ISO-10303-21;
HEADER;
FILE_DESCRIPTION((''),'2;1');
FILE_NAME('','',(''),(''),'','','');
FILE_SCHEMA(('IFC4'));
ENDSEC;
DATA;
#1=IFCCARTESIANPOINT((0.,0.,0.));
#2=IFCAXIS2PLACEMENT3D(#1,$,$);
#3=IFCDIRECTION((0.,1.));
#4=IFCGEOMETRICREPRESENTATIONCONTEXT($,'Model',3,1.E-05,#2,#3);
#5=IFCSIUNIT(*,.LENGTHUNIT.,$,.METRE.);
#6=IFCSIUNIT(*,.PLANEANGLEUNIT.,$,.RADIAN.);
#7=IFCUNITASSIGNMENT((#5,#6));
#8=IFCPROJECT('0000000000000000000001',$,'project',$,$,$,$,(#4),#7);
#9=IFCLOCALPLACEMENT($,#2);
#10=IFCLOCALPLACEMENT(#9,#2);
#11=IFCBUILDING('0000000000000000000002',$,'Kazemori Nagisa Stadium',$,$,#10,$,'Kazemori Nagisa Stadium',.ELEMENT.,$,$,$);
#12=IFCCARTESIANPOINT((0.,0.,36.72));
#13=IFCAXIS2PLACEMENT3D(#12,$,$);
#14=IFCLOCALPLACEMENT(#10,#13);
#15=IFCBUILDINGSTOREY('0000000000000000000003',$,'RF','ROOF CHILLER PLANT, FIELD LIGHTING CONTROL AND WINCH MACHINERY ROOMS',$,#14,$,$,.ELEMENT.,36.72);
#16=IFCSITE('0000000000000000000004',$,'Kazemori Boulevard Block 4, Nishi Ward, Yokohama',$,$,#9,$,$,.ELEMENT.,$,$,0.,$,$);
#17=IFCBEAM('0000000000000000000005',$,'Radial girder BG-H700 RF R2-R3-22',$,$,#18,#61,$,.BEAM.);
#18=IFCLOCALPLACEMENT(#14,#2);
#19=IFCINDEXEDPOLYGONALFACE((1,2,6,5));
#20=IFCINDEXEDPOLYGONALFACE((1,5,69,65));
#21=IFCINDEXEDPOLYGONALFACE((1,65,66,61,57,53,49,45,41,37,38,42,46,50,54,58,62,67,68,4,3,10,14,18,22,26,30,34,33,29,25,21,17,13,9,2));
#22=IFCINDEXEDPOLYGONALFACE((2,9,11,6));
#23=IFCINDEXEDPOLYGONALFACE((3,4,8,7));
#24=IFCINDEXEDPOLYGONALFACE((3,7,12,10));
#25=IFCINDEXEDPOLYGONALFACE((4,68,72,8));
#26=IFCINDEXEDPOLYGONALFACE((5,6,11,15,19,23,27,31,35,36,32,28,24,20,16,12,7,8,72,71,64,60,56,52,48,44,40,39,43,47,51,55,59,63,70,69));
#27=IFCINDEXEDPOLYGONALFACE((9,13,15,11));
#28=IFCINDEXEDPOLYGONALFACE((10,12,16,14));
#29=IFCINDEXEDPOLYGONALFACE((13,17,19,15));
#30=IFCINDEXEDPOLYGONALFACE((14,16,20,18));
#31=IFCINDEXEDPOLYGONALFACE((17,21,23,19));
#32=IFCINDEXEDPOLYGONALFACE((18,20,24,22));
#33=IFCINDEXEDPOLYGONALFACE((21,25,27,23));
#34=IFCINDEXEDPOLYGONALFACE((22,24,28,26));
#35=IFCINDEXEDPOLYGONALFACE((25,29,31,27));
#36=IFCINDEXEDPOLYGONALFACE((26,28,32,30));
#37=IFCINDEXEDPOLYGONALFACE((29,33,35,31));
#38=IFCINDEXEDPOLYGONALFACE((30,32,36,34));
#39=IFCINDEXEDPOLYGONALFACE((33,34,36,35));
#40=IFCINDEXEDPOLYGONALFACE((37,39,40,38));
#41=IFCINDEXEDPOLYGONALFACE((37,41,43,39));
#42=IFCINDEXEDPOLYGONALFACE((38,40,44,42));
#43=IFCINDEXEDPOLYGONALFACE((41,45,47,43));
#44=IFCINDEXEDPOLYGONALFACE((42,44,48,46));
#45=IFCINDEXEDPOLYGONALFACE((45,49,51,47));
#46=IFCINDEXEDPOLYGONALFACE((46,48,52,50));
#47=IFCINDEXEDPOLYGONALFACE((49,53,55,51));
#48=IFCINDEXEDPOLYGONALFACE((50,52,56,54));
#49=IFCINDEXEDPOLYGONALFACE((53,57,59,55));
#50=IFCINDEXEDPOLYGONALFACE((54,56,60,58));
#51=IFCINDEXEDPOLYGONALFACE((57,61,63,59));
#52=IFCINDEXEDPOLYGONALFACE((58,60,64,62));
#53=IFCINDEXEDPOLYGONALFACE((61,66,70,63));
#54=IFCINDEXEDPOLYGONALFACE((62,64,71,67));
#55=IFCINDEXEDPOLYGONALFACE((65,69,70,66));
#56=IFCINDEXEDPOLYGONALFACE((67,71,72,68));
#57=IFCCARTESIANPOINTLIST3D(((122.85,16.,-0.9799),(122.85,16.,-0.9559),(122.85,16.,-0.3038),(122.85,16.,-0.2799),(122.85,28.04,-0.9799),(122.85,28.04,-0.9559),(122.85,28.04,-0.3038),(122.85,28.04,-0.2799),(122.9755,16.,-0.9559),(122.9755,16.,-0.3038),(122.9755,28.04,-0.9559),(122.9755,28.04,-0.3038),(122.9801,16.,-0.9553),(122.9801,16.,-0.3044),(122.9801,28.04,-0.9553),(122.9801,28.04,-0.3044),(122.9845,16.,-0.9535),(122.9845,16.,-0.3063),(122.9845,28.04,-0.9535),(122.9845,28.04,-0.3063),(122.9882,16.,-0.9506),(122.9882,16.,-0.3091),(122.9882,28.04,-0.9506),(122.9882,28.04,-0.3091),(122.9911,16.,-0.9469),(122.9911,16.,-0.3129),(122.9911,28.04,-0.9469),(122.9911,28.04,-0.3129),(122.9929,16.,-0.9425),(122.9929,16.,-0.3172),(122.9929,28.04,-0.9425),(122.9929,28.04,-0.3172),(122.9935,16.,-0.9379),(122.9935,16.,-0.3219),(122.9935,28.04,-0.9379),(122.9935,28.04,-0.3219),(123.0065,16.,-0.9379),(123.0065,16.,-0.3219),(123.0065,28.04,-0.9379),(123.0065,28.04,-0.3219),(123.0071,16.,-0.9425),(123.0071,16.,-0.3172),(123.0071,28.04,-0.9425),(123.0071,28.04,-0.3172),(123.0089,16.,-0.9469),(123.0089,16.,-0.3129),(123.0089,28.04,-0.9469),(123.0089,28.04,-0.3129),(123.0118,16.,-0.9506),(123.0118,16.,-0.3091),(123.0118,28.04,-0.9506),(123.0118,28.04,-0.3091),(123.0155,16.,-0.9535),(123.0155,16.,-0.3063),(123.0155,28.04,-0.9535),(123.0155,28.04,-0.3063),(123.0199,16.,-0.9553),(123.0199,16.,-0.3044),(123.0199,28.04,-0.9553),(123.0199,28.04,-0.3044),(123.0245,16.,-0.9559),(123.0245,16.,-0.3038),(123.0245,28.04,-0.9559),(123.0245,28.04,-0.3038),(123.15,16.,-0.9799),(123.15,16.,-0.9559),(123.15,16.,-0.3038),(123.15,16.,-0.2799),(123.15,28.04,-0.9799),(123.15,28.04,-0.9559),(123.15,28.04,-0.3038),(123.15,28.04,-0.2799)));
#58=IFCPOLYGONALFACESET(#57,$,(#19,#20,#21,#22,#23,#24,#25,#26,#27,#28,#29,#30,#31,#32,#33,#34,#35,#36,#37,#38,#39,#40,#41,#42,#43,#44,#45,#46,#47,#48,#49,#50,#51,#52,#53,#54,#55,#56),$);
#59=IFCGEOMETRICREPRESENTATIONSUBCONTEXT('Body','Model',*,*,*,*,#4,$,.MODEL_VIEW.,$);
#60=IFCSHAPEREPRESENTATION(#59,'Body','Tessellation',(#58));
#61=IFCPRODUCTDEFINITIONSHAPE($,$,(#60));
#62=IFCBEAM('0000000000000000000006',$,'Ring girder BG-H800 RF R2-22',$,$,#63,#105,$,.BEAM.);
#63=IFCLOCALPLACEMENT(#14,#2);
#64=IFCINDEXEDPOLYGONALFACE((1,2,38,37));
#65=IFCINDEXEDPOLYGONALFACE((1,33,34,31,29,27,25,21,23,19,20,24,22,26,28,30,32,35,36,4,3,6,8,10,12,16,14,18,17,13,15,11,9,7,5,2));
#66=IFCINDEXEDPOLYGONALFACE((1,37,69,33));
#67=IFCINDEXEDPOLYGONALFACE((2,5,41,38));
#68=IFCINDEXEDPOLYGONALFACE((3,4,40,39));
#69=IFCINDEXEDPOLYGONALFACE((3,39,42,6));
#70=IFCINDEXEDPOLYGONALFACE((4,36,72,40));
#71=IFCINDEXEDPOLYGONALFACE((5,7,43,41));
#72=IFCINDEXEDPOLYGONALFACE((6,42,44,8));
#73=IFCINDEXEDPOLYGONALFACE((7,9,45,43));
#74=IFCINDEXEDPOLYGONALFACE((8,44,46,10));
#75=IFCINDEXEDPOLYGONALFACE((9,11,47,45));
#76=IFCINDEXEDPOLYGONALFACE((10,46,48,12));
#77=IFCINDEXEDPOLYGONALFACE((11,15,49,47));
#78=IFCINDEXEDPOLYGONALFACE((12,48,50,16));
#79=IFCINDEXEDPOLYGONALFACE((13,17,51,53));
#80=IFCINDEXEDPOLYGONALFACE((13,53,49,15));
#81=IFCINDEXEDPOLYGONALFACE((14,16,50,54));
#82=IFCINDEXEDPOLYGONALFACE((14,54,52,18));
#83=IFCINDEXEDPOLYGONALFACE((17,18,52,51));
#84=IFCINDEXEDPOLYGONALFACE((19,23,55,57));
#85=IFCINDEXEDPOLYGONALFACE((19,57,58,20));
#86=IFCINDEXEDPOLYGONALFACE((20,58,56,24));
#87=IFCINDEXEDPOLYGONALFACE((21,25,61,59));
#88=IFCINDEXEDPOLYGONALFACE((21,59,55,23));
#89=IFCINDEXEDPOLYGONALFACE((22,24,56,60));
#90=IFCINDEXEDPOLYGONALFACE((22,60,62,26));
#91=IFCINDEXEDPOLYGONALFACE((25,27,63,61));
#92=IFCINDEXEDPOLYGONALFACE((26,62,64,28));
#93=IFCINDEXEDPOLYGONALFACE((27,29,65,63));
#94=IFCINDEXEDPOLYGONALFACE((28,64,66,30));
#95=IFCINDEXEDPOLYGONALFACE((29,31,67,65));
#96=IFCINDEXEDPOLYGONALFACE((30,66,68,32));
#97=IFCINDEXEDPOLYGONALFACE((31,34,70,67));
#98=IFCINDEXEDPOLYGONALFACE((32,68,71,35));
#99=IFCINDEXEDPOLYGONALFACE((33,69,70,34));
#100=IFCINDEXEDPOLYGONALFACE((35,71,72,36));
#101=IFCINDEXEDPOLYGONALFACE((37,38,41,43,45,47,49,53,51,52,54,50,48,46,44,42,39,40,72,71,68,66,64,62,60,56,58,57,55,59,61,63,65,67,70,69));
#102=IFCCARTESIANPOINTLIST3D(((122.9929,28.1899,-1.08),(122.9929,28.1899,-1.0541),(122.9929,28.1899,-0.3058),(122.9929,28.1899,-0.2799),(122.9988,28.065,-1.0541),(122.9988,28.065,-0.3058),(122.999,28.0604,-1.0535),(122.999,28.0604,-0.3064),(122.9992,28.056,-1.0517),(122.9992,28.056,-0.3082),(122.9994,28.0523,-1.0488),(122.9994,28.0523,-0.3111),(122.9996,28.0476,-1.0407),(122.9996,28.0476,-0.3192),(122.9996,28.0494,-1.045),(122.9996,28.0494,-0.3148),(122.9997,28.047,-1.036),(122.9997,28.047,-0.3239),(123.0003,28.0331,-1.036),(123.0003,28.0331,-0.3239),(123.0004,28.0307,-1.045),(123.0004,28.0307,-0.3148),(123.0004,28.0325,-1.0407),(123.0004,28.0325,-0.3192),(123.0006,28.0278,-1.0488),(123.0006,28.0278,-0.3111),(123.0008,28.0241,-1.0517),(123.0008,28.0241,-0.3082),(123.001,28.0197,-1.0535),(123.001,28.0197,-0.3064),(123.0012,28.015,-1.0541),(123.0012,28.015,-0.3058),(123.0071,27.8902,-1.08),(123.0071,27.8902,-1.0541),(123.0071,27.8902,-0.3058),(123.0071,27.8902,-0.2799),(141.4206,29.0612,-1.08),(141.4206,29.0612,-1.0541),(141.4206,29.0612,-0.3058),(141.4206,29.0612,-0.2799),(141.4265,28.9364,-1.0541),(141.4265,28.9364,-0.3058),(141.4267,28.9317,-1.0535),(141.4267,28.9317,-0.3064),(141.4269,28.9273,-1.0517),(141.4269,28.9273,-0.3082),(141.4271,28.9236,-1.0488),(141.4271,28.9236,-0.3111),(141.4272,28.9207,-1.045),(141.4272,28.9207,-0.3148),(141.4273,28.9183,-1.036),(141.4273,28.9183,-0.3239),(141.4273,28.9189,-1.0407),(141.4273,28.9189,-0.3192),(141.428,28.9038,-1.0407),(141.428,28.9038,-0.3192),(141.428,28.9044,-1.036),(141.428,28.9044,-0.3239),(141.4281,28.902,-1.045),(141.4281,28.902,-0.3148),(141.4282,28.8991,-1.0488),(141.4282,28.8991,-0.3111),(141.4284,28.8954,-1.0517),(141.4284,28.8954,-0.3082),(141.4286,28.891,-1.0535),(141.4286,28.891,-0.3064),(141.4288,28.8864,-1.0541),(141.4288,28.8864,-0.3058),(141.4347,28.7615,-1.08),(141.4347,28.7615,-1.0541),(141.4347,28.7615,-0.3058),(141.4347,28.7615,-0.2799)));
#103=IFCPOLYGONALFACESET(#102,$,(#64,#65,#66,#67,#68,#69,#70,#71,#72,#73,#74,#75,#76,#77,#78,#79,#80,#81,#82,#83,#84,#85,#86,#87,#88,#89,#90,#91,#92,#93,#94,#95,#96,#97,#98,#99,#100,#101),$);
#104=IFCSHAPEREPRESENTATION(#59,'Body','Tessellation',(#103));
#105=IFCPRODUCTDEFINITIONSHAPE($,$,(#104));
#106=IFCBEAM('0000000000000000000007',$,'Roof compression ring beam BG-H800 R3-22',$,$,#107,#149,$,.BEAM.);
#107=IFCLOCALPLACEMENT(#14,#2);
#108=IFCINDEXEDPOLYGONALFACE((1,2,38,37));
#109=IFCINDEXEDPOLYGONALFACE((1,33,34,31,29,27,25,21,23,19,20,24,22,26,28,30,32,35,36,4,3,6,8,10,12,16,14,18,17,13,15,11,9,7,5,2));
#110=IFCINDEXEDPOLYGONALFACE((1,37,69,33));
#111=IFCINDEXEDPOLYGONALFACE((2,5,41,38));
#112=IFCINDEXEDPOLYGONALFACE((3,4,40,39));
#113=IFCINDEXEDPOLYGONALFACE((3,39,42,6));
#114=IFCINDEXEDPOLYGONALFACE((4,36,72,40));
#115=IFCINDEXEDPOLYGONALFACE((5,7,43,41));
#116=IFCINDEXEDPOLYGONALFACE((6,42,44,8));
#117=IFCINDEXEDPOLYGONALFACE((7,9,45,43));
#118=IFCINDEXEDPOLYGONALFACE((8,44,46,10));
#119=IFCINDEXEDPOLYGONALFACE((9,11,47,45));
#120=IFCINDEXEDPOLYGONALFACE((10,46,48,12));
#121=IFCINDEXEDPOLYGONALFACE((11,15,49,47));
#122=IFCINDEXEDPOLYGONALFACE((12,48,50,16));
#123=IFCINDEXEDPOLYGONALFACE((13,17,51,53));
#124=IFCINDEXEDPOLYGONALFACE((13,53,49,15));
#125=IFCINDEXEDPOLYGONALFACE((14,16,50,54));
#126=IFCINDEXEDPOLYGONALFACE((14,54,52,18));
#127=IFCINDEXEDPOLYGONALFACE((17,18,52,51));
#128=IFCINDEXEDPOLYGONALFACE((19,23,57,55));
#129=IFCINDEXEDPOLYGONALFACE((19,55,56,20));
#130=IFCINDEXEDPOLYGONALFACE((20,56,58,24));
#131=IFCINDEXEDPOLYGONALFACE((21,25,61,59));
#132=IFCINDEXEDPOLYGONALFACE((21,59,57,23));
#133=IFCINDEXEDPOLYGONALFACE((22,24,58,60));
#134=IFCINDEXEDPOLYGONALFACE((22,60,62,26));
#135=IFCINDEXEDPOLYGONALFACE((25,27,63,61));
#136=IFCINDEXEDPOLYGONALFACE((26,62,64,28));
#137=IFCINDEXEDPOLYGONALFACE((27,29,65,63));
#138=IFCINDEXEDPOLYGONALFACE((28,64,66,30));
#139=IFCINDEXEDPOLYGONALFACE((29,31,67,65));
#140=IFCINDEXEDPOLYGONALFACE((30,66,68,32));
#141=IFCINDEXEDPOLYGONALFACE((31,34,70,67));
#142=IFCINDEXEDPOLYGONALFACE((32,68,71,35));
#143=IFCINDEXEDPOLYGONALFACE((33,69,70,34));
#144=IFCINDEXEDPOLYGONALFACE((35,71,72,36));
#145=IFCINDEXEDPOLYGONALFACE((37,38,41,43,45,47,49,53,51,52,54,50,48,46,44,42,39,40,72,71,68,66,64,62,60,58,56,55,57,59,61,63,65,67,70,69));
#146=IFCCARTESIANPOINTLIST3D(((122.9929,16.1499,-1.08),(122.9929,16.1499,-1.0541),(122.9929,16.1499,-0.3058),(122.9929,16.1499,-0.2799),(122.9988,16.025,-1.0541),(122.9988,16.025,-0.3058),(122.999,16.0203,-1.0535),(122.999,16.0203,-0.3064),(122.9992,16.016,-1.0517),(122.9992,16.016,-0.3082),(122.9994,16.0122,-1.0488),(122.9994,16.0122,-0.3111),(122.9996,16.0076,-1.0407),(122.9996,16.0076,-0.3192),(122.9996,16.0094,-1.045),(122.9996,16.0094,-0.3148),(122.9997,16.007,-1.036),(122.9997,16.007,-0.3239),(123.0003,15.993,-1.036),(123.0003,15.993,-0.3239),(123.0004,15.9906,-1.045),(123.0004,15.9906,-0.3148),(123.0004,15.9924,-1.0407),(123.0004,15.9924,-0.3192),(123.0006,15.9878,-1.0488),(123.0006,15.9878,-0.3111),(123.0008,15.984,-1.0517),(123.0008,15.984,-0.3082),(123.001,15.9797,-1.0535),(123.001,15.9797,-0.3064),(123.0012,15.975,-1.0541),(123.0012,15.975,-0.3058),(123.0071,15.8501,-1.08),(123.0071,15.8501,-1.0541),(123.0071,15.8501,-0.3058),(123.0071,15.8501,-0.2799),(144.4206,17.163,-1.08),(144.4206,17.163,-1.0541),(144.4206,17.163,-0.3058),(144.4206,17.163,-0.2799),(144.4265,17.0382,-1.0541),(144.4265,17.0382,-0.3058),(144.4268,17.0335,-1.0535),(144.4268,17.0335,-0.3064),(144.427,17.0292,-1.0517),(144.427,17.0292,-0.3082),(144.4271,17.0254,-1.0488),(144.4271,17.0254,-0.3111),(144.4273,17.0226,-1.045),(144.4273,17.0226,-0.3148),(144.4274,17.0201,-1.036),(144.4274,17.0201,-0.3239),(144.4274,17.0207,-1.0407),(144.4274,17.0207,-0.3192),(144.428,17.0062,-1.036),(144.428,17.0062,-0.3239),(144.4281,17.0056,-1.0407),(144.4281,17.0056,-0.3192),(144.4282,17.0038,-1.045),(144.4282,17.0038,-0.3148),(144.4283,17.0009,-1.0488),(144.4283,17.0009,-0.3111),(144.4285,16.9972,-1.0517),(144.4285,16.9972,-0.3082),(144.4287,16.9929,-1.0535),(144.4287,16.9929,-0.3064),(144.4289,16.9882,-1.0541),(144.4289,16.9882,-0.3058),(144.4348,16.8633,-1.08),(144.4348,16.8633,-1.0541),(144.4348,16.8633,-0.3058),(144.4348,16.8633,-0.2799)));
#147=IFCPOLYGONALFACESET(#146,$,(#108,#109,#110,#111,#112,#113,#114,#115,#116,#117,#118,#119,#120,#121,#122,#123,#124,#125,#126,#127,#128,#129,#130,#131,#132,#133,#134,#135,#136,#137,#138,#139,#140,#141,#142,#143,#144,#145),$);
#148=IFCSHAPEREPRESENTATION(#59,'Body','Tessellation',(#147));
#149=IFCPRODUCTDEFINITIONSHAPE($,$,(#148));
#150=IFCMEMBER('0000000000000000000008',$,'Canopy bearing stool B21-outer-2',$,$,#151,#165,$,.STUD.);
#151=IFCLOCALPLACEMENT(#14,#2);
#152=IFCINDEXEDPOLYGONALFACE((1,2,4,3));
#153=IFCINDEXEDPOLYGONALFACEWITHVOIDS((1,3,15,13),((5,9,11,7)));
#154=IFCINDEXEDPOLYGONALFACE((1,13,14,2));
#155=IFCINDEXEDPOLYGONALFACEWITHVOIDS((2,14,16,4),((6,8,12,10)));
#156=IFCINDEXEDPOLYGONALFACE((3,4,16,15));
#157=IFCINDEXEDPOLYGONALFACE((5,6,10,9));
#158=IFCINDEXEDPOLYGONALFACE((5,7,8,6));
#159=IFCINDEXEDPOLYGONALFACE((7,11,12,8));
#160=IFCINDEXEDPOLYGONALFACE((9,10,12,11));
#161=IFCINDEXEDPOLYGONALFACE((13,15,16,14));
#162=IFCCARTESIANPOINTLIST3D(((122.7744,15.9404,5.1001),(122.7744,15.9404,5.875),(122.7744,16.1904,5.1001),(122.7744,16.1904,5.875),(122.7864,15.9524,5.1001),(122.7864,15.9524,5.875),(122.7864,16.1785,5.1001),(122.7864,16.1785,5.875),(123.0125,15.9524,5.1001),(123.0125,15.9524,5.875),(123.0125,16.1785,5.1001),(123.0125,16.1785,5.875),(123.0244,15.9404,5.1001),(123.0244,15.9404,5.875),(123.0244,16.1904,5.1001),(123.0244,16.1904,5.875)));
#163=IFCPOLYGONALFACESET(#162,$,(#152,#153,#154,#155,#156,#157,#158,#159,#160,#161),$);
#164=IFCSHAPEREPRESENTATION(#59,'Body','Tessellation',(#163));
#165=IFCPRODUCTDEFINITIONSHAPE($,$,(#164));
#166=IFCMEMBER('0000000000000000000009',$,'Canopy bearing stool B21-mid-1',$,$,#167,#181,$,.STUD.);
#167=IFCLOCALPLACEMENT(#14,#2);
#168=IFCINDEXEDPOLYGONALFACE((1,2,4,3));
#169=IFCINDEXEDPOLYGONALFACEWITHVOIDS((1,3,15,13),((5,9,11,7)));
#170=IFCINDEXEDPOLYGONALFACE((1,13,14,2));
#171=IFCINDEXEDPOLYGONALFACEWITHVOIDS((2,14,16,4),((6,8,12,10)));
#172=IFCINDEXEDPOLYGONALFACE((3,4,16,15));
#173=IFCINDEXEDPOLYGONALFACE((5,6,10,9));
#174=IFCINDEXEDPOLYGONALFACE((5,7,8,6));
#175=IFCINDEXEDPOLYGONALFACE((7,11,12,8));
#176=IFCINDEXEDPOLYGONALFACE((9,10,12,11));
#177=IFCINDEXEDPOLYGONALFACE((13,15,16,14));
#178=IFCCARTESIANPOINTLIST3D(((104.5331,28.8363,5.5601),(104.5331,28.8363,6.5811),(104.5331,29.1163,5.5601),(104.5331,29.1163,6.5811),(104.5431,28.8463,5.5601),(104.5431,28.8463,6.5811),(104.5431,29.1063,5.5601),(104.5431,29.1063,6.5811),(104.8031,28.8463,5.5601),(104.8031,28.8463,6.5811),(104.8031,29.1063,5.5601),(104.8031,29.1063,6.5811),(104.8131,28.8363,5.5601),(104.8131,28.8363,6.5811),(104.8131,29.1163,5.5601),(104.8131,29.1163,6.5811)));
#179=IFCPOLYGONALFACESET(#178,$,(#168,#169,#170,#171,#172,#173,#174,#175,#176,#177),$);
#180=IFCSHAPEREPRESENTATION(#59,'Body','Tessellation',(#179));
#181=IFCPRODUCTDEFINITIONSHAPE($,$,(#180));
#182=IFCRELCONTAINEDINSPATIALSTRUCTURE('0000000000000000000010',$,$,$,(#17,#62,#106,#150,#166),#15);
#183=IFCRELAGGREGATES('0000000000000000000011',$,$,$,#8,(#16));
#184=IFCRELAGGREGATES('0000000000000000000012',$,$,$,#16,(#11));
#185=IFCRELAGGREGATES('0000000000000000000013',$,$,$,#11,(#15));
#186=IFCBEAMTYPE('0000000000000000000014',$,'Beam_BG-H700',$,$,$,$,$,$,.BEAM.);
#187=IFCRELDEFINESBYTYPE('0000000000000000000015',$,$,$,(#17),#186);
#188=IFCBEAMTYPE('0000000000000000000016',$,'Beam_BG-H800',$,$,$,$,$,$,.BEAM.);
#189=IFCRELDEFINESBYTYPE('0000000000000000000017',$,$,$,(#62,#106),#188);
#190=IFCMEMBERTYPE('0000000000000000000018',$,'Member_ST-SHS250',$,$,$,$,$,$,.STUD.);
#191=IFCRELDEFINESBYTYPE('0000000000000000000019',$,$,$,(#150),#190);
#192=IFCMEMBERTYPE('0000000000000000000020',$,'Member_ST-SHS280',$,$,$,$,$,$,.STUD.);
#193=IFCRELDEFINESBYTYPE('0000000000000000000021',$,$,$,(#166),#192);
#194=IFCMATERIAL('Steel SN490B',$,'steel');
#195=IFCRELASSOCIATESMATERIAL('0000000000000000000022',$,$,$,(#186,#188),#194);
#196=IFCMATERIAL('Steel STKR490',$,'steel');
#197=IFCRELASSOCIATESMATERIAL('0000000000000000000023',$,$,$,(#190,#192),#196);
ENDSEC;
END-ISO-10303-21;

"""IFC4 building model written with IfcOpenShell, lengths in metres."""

from ifc_helpers import new_model, si_unit, direction, frame, origin, origin_2d, place, context, subcontext, project, spatial, hollow_rectangle, i_section, extrude, material, material_profile, profile_set, type_object, element, save


model = new_model("IFC4")

# Units and contexts
model_context = context("Model", 3, precision=1e-05, world=origin(), true_north=direction((0.0, 1.0)))
body_context = subcontext(model_context, "Body", "Model", "MODEL_VIEW")
ifc_project = project(units=[si_unit("LENGTHUNIT", "METRE"), si_unit("PLANEANGLEUNIT", "RADIAN")], contexts=[model_context])

# Site, building, storey
site_placement = place(None, origin())
site = spatial("IfcSite", under=ifc_project, at=site_placement, Name="Kazemori Boulevard Block 4, Nishi Ward, Yokohama", CompositionType="ELEMENT", RefElevation=0.0)
building_placement = place(site_placement, origin())
building = spatial("IfcBuilding", under=site, at=building_placement, Name="Kazemori Nagisa Stadium", LongName="Kazemori Nagisa Stadium", CompositionType="ELEMENT")
storey_placement = place(building_placement, frame((0.0, 0.0, 36.72)))
storey = spatial("IfcBuildingStorey", under=building, at=storey_placement, Name="RF", Description="ROOF CHILLER PLANT, FIELD LIGHTING CONTROL AND WINCH MACHINERY ROOMS", CompositionType="ELEMENT", Elevation=36.72)

# Beams
ifc_material_1 = material(Name="Steel SN490B", Category="steel")
ifc_material_profile_1 = material_profile(ifc_material_1, i_section(OverallWidth=0.3, OverallDepth=0.7, WebThickness=0.0129, FlangeThickness=0.0239, FilletRadius=0.0181, at=origin_2d()), Name="H-700x300x13x24")
ifc_profile_set_1 = profile_set([ifc_material_profile_1], Name="Steel SN490B")
beam_type_1 = type_object("IfcBeamType", Name="Beam_BG-H700", PredefinedType="BEAM", material=ifc_profile_set_1)
beam_1_placement = place(storey_placement, frame((123.0, 28.04, -0.6299), z_axis=(0.0, -1.0, 0.0), x_axis=(1.0, 0.0, 0.0)))
element("IfcBeam", 1, at=beam_1_placement, inside=storey, type_object=beam_type_1, Name="Radial girder BG-H700 RF R2-R3-22", PredefinedType="BEAM", context=body_context, shape_type="SweptSolid", body=[
    extrude(i_section(OverallWidth=0.3, OverallDepth=0.7, WebThickness=0.0129, FlangeThickness=0.0239, FilletRadius=0.0181, at=origin_2d()), origin(), (0.0, 0.0, 1.0), 12.04),
])
ifc_material_profile_2 = material_profile(ifc_material_1, i_section(OverallWidth=0.3, OverallDepth=0.8, WebThickness=0.0139, FlangeThickness=0.0259, FilletRadius=0.0181, at=origin_2d()), Name="H-800x300x14x26")
ifc_profile_set_2 = profile_set([ifc_material_profile_2], Name="Steel SN490B")
beam_type_2 = type_object("IfcBeamType", Name="Beam_BG-H800", PredefinedType="BEAM", material=ifc_profile_set_2)
beam_2_placement = place(storey_placement, frame((123.0, 28.04, -0.6799), z_axis=(0.998884, 0.047231, 0.0), x_axis=(-0.047231, 0.998884, 0.0)))
element("IfcBeam", 2, at=beam_2_placement, inside=storey, type_object=beam_type_2, Name="Ring girder BG-H800 RF R2-22", PredefinedType="BEAM", context=body_context, shape_type="SweptSolid", body=[
    extrude(i_section(OverallWidth=0.3, OverallDepth=0.8, WebThickness=0.0139, FlangeThickness=0.0259, FilletRadius=0.0181, at=origin_2d()), origin(), (0.0, 0.0, 1.0), 18.4482),
])
beam_3_placement = place(storey_placement, frame((123.0, 16.0, -0.6799), z_axis=(0.998884, 0.047231, 0.0), x_axis=(-0.047231, 0.998884, 0.0)))
element("IfcBeam", 3, at=beam_3_placement, inside=storey, type_object=beam_type_2, Name="Roof compression ring beam BG-H800 R3-22", PredefinedType="BEAM", context=body_context, shape_type="SweptSolid", body=[
    extrude(i_section(OverallWidth=0.3, OverallDepth=0.8, WebThickness=0.0139, FlangeThickness=0.0259, FilletRadius=0.0181, at=origin_2d()), origin(), (0.0, 0.0, 1.0), 21.4517),
])

# Members
ifc_material_2 = material(Name="Steel STKR490", Category="steel")
ifc_material_profile_3 = material_profile(ifc_material_2, hollow_rectangle(XDim=0.25, YDim=0.25, WallThickness=0.012, at=origin_2d()), Name="SHS-250x250x12")
ifc_profile_set_3 = profile_set([ifc_material_profile_3], Name="Steel STKR490")
member_type_1 = type_object("IfcMemberType", Name="Member_ST-SHS250", PredefinedType="STUD", material=ifc_profile_set_3)
member_1_placement = place(storey_placement, frame((122.8994, 16.0654, 5.1001), z_axis=(0.0, 0.0, 1.0), x_axis=(1.0, 0.0, 0.0)))
element("IfcMember", 4, at=member_1_placement, inside=storey, type_object=member_type_1, Name="Canopy bearing stool B21-outer-2", PredefinedType="STUD", context=body_context, shape_type="SweptSolid", body=[
    extrude(hollow_rectangle(XDim=0.25, YDim=0.25, WallThickness=0.012, at=origin_2d()), origin(), (0.0, 0.0, 1.0), 0.7749),
])
ifc_material_profile_4 = material_profile(ifc_material_2, hollow_rectangle(XDim=0.28, YDim=0.28, WallThickness=0.01, at=origin_2d()), Name="SHS-280x280x10")
ifc_profile_set_4 = profile_set([ifc_material_profile_4], Name="Steel STKR490")
member_type_2 = type_object("IfcMemberType", Name="Member_ST-SHS280", PredefinedType="STUD", material=ifc_profile_set_4)
for number, where, z_axis, x_axis, name in (
    (5, (104.6731, 28.9763, 5.5601), (0.0, 0.0, 1.0), (1.0, 0.0, 0.0), "Canopy bearing stool B21-mid-1"),
):
    element("IfcMember", number, at=place(storey_placement, frame(where, z_axis=z_axis, x_axis=x_axis)), inside=storey, type_object=member_type_2, Name=name, PredefinedType="STUD", context=body_context, shape_type="SweptSolid", body=[
        extrude(hollow_rectangle(XDim=0.28, YDim=0.28, WallThickness=0.01, at=origin_2d()), origin(), (0.0, 0.0, 1.0), 1.021),
    ])

save(model, "model.ifc")
